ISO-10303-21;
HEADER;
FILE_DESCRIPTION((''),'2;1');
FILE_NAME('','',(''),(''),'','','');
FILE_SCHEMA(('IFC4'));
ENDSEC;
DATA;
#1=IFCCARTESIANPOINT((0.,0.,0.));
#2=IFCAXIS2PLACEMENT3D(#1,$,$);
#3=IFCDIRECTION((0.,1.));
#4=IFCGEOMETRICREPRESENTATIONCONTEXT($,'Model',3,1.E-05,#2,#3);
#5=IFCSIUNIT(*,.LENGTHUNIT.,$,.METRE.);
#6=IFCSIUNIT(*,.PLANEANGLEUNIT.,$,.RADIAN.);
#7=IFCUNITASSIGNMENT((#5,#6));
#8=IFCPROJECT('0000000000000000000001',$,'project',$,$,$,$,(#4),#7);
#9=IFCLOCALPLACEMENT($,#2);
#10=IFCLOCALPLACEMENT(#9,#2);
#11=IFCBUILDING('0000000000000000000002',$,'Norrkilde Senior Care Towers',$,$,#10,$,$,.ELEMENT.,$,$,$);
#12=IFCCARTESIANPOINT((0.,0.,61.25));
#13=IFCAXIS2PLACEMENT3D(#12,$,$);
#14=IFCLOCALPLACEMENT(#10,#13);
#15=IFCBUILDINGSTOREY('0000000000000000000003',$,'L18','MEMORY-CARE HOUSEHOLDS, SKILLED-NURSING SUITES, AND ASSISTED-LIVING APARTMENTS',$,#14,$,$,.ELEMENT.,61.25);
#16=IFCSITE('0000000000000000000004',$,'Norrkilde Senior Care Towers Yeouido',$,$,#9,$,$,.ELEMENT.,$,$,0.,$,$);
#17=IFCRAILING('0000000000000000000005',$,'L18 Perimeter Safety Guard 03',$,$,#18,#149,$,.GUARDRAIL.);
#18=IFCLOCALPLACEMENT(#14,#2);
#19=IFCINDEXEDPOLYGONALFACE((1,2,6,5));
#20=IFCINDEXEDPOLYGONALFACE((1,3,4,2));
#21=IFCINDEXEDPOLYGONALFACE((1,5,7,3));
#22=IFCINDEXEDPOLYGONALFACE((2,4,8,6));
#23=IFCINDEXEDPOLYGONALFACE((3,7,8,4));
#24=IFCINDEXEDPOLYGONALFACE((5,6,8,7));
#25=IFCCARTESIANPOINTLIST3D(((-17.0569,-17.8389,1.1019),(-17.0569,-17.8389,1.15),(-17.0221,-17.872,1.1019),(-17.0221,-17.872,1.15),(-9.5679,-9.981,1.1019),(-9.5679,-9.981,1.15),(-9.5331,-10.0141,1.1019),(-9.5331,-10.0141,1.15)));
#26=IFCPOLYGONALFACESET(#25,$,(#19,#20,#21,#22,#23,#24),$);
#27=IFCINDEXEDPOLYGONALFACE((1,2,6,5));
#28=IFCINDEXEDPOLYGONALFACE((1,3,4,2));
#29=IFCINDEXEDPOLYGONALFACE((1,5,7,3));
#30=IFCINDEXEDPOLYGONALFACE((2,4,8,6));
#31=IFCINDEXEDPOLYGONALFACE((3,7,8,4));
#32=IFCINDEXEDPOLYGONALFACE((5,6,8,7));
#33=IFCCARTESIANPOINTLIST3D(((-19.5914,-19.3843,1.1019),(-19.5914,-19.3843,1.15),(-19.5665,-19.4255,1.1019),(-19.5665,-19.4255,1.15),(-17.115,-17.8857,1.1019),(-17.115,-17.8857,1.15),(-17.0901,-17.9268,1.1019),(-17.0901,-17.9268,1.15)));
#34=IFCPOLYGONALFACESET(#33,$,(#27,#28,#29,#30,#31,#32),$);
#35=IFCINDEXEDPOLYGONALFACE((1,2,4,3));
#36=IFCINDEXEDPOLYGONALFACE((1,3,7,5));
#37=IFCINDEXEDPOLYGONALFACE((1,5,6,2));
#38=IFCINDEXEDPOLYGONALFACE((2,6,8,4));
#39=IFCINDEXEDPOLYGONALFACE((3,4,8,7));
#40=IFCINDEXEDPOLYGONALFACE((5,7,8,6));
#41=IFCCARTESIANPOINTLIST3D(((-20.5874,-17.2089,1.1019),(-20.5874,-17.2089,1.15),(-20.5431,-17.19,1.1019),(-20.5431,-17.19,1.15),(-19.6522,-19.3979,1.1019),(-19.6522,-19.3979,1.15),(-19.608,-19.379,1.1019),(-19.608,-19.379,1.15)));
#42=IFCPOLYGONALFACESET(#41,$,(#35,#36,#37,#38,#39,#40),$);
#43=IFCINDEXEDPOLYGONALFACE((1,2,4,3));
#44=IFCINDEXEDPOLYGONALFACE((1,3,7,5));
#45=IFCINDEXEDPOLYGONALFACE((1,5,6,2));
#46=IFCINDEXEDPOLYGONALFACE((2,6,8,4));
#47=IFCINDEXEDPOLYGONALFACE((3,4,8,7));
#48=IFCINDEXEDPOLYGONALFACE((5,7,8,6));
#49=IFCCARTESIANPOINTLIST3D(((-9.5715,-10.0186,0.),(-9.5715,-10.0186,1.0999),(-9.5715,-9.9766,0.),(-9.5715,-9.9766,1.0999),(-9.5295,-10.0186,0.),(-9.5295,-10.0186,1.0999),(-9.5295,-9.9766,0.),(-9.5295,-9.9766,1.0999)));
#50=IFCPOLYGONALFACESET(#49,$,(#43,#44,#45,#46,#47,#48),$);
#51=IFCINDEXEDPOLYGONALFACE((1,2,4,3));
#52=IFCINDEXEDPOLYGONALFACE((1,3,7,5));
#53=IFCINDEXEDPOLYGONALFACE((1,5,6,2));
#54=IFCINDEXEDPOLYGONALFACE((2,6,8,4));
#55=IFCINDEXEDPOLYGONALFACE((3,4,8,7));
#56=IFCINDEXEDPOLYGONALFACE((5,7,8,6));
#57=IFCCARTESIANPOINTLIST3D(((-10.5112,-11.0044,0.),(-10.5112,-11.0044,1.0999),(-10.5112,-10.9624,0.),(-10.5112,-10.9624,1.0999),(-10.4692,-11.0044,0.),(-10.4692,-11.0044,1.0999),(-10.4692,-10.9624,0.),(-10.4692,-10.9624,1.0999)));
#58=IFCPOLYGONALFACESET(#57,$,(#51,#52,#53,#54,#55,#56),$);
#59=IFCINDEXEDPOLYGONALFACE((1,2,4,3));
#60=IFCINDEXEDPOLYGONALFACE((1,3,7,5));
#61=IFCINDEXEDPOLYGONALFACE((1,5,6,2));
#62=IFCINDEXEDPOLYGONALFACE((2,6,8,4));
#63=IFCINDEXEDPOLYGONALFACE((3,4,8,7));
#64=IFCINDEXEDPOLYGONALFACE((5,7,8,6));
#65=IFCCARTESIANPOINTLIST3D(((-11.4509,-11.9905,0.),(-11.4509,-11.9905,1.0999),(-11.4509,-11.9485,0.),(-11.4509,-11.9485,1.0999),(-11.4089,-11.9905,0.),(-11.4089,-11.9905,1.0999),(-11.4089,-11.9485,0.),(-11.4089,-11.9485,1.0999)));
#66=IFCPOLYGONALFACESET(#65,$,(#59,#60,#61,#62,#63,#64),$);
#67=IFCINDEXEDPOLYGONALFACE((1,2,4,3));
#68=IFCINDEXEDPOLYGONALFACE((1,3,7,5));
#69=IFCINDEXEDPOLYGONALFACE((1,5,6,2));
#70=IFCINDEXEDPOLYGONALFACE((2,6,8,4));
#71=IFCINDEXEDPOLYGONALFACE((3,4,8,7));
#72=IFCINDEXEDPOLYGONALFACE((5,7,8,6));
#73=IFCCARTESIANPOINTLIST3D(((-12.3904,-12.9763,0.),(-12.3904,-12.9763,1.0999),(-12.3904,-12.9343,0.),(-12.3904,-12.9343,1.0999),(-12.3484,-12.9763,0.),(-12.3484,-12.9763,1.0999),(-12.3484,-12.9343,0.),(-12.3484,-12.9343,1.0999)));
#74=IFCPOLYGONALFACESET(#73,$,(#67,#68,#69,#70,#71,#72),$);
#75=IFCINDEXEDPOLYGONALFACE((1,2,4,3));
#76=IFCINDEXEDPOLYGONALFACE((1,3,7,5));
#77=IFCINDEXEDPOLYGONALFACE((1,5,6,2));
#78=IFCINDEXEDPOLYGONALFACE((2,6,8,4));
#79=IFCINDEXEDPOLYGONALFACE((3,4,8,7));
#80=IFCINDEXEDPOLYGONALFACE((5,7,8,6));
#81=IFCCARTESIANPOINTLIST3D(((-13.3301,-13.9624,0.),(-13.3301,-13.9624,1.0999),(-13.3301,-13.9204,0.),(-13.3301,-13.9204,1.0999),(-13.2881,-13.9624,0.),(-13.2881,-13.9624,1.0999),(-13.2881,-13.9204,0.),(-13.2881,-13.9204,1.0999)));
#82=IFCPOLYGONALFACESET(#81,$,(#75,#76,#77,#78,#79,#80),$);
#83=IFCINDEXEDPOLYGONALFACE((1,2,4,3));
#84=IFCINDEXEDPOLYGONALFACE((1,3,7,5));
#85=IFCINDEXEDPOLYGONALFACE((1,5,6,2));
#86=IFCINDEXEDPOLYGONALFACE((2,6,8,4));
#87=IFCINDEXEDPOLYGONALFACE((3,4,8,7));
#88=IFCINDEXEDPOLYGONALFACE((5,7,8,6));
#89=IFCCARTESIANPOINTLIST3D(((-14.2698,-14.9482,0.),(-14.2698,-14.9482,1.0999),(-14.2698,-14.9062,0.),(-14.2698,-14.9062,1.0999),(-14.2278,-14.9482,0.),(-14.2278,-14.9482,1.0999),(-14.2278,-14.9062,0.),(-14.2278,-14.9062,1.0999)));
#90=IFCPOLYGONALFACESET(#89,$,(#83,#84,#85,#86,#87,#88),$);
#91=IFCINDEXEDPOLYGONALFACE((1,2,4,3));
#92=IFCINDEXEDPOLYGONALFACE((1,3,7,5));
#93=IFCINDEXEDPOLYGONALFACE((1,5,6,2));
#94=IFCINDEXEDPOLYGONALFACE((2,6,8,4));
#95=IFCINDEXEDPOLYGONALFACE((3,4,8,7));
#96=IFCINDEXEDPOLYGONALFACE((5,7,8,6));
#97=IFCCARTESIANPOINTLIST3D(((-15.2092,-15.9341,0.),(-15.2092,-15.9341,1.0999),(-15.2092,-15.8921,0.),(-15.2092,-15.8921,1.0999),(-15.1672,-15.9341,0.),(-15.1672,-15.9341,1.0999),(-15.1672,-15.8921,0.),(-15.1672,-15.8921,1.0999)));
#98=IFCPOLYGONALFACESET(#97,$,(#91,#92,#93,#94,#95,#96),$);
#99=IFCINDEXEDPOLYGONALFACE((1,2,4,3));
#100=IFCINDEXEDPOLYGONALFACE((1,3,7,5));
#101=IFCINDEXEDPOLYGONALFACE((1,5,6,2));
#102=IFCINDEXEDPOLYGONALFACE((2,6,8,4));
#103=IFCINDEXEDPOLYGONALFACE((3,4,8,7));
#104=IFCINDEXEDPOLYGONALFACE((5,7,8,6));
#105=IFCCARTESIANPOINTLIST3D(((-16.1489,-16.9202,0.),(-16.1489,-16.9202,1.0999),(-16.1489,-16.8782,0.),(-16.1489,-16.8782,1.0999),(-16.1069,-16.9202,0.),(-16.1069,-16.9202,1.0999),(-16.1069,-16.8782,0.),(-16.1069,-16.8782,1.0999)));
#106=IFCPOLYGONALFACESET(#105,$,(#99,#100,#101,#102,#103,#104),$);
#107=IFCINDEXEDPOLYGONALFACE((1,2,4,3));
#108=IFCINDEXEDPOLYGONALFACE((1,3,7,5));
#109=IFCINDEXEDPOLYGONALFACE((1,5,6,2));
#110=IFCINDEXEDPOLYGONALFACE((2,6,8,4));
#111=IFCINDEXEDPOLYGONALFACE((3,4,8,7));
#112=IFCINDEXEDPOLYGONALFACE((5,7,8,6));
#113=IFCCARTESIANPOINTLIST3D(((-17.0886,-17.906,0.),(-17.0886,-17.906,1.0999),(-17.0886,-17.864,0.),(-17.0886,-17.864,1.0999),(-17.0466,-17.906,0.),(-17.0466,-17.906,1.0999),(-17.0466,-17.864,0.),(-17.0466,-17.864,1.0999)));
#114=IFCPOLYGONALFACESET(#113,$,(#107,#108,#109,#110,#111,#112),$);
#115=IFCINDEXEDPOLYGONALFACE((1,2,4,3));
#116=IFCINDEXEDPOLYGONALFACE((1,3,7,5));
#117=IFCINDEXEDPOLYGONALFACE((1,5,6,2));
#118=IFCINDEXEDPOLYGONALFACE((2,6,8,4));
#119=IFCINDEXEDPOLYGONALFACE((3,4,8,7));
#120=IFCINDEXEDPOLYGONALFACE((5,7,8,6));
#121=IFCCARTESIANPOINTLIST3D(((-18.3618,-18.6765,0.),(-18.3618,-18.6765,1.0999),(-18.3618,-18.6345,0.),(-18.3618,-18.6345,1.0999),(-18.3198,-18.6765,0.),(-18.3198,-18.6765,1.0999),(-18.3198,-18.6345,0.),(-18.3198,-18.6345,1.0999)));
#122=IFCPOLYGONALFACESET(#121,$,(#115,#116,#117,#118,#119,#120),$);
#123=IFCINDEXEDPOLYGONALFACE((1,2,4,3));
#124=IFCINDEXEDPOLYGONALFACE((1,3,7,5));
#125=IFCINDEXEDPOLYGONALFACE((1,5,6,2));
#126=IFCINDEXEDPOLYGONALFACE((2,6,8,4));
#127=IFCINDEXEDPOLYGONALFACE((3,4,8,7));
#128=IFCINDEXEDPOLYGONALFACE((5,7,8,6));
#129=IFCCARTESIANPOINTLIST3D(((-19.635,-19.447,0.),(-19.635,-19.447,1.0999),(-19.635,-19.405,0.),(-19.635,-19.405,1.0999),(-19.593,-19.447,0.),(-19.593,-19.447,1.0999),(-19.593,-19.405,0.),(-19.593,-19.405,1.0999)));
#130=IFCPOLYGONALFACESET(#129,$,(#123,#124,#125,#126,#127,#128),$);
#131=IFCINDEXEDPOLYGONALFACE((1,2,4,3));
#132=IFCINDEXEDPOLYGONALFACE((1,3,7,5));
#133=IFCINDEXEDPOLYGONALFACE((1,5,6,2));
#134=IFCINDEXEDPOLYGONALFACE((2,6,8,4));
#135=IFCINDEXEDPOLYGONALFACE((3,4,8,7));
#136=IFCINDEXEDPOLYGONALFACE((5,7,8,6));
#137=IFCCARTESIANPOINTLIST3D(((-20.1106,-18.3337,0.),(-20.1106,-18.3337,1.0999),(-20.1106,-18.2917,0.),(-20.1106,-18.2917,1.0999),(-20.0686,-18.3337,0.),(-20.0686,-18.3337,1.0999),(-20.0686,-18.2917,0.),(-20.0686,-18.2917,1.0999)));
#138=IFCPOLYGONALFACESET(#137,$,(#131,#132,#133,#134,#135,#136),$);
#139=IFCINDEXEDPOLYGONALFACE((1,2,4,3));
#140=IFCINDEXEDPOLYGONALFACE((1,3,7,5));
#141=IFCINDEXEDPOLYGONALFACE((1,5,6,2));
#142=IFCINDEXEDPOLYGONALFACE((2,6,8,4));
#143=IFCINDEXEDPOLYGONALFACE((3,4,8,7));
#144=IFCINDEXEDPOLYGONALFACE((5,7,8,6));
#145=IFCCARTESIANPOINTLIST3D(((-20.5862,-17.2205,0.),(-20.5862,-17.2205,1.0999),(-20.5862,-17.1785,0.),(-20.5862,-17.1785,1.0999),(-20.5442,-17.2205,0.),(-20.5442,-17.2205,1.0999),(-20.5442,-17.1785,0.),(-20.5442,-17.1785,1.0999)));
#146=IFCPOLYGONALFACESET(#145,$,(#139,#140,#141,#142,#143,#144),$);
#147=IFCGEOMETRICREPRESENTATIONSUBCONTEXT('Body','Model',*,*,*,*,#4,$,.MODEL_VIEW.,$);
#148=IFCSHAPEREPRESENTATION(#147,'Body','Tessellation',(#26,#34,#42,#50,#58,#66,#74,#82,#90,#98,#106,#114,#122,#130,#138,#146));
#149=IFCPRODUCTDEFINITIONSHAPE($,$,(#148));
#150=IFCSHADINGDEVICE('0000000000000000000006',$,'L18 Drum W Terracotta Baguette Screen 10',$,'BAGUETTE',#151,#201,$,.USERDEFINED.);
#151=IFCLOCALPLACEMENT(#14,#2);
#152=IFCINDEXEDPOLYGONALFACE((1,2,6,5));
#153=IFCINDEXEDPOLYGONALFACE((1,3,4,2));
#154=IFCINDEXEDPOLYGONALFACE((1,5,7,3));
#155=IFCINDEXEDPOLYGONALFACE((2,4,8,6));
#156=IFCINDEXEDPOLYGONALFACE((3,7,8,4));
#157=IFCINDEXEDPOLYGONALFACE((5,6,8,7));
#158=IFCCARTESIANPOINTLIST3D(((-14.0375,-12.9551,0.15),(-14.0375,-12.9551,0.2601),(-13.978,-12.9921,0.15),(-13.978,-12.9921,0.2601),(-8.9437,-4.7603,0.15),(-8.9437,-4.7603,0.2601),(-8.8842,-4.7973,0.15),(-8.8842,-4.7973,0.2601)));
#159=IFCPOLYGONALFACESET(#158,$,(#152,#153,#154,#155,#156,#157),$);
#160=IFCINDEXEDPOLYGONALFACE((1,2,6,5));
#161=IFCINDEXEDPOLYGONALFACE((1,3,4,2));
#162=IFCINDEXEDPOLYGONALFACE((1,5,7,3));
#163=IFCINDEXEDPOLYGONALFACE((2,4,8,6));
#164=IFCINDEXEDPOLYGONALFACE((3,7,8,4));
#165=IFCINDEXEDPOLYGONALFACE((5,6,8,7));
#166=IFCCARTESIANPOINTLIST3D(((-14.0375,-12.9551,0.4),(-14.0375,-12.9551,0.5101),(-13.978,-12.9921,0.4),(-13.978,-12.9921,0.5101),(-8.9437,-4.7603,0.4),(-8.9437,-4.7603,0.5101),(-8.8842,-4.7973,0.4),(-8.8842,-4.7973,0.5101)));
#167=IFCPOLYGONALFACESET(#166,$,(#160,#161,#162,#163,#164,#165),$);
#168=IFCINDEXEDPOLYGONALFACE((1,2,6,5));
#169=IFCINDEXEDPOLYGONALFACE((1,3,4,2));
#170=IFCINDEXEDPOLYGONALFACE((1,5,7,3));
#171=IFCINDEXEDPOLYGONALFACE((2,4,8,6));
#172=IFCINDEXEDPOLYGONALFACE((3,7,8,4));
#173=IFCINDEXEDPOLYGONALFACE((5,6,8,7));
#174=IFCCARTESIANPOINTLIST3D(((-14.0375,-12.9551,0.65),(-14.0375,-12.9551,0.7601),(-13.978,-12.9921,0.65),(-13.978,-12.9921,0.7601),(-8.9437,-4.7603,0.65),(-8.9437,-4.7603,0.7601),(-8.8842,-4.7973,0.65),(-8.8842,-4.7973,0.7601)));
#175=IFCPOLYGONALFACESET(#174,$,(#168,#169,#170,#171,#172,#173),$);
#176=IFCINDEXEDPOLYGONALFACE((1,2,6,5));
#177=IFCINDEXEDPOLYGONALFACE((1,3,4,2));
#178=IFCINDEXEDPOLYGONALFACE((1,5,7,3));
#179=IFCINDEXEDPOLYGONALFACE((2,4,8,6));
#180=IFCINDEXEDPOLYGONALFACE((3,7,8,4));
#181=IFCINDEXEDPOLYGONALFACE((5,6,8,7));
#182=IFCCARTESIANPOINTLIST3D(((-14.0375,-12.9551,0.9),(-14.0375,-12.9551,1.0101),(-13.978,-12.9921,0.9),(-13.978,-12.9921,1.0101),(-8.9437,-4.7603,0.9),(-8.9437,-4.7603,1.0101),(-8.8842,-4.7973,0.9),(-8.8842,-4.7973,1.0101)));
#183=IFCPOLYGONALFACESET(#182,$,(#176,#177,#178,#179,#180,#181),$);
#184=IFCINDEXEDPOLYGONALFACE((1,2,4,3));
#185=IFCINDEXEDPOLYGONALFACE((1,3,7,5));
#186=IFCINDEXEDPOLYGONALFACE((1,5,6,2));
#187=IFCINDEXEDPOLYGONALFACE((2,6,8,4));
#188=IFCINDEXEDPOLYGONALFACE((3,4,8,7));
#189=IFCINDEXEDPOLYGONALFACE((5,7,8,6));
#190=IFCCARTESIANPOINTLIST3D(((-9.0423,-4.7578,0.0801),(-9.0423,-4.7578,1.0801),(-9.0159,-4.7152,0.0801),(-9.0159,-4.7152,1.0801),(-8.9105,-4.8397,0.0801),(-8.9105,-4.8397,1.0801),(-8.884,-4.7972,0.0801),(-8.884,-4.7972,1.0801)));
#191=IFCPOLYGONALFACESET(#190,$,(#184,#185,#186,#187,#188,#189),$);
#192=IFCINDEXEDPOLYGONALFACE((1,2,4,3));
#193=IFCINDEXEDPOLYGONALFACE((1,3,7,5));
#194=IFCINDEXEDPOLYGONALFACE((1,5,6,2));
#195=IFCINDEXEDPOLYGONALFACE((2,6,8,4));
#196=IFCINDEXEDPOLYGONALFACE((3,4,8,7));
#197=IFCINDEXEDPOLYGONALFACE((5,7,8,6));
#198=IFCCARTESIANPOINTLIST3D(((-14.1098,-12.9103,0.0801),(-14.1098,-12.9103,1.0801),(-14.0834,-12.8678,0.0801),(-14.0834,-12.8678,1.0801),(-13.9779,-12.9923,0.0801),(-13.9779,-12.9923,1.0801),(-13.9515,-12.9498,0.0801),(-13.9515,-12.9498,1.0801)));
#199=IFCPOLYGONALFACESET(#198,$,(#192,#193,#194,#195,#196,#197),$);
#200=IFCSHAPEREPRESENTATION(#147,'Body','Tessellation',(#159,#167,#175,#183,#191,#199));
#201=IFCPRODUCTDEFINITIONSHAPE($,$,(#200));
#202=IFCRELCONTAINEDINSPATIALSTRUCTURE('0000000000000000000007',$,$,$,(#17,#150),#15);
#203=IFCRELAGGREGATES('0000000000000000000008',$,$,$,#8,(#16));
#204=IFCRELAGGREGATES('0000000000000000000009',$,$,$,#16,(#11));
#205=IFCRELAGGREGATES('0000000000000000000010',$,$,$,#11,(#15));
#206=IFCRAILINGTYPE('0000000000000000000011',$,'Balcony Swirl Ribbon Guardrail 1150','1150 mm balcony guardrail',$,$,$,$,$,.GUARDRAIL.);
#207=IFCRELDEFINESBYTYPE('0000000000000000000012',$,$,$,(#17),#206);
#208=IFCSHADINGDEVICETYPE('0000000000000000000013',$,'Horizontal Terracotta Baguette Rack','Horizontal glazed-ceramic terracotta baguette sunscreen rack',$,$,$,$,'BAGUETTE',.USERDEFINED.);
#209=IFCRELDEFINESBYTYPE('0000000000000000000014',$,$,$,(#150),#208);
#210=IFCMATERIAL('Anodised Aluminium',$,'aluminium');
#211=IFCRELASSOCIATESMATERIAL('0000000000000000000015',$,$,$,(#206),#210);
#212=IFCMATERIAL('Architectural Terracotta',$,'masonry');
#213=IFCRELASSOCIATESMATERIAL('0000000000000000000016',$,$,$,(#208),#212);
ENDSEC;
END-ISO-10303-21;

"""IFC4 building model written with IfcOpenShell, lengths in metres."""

from ifc_helpers import new_model, si_unit, direction, frame, origin, origin_2d, place, context, subcontext, project, spatial, rectangle, extrude, source, transform, mapped, material, type_object, type_shapes, element, save


model = new_model("IFC4")

# Units and contexts
model_context = context("Model", 3, precision=1e-05, world=origin(), true_north=direction((0.0, 1.0)))
body_context = subcontext(model_context, "Body", "Model", "MODEL_VIEW")
ifc_project = project(units=[si_unit("LENGTHUNIT", "METRE"), si_unit("PLANEANGLEUNIT", "RADIAN")], contexts=[model_context])

# Site, building, storey
site_placement = place(None, origin())
site = spatial("IfcSite", under=ifc_project, at=site_placement, Name="Norrkilde Senior Care Towers Yeouido", CompositionType="ELEMENT", RefElevation=0.0)
building_placement = place(site_placement, origin())
building = spatial("IfcBuilding", under=site, at=building_placement, Name="Norrkilde Senior Care Towers", CompositionType="ELEMENT")
storey_placement = place(building_placement, frame((0.0, 0.0, 61.25)))
storey = spatial("IfcBuildingStorey", under=building, at=storey_placement, Name="L18", Description="MEMORY-CARE HOUSEHOLDS, SKILLED-NURSING SUITES, AND ASSISTED-LIVING APARTMENTS", CompositionType="ELEMENT", Elevation=61.25)

# Shared definitions
ifc_material_1 = material(Name="Anodised Aluminium", Category="aluminium")

# Railing
railing_type = type_object("IfcRailingType", Name="Balcony Swirl Ribbon Guardrail 1150", Description="1150 mm balcony guardrail", PredefinedType="GUARDRAIL", material=ifc_material_1)
railing_placement = place(storey_placement, frame((-9.5505, -9.9976, 0.0)))
element("IfcRailing", 1, at=railing_placement, inside=storey, type_object=railing_type, Name="L18 Perimeter Safety Guard 03", PredefinedType="GUARDRAIL", context=body_context, shape_type="SweptSolid", body=[
    extrude(rectangle(XDim=0.0481, YDim=0.0481, at=origin_2d()), frame((0.0, 0.0, 1.126), z_axis=(-0.689907, -0.723898, 0.0), x_axis=(0.723898, -0.689907, 0.0)), (0.0, 0.0, 1.0), 10.855),
    extrude(rectangle(XDim=0.0481, YDim=0.0481, at=origin_2d()), frame((-7.552, -7.9087, 1.126), z_axis=(-0.855533, -0.517749, 0.0), x_axis=(0.517749, -0.855533, 0.0)), (0.0, 0.0, 1.0), 2.8945),
    extrude(rectangle(XDim=0.0481, YDim=0.0481, at=origin_2d()), frame((-10.0796, -9.3909, 1.126), z_axis=(-0.392848, 0.919603, 0.0), x_axis=(-0.919603, -0.392848, 0.0)), (0.0, 0.0, 1.0), 2.3804),
    extrude(rectangle(XDim=0.042, YDim=0.042, at=origin_2d()), origin(), (0.0, 0.0, 1.0), 1.0999),
    extrude(rectangle(XDim=0.042, YDim=0.042, at=origin_2d()), frame((-0.9397, -0.9858, 0.0)), (0.0, 0.0, 1.0), 1.0999),
    extrude(rectangle(XDim=0.042, YDim=0.042, at=origin_2d()), frame((-1.8794, -1.9719, 0.0)), (0.0, 0.0, 1.0), 1.0999),
    extrude(rectangle(XDim=0.042, YDim=0.042, at=origin_2d()), frame((-2.8188, -2.9578, 0.0)), (0.0, 0.0, 1.0), 1.0999),
    extrude(rectangle(XDim=0.042, YDim=0.042, at=origin_2d()), frame((-3.7585, -3.9438, 0.0)), (0.0, 0.0, 1.0), 1.0999),
    extrude(rectangle(XDim=0.042, YDim=0.042, at=origin_2d()), frame((-4.6982, -4.9297, 0.0)), (0.0, 0.0, 1.0), 1.0999),
    extrude(rectangle(XDim=0.042, YDim=0.042, at=origin_2d()), frame((-5.6377, -5.9155, 0.0)), (0.0, 0.0, 1.0), 1.0999),
    extrude(rectangle(XDim=0.042, YDim=0.042, at=origin_2d()), frame((-6.5774, -6.9016, 0.0)), (0.0, 0.0, 1.0), 1.0999),
    extrude(rectangle(XDim=0.042, YDim=0.042, at=origin_2d()), frame((-7.5171, -7.8875, 0.0)), (0.0, 0.0, 1.0), 1.0999),
    extrude(rectangle(XDim=0.042, YDim=0.042, at=origin_2d()), frame((-8.7903, -8.658, 0.0)), (0.0, 0.0, 1.0), 1.0999),
    extrude(rectangle(XDim=0.042, YDim=0.042, at=origin_2d()), frame((-10.0635, -9.4285, 0.0)), (0.0, 0.0, 1.0), 1.0999),
    extrude(rectangle(XDim=0.042, YDim=0.042, at=origin_2d()), frame((-10.5391, -8.3152, 0.0)), (0.0, 0.0, 1.0), 1.0999),
    extrude(rectangle(XDim=0.042, YDim=0.042, at=origin_2d()), frame((-11.0146, -7.2019, 0.0)), (0.0, 0.0, 1.0), 1.0999),
])

# Shading device
ifc_material_2 = material(Name="Architectural Terracotta", Category="masonry")
shading_device_type = type_object("IfcShadingDeviceType", Name="Horizontal Terracotta Baguette Rack", Description="Horizontal glazed-ceramic terracotta baguette sunscreen rack", ElementType="BAGUETTE", PredefinedType="USERDEFINED", material=ifc_material_2)
shared_shape_1 = source(origin(), body_context, "Body", "SweptSolid", [
    extrude(rectangle(XDim=0.0701, YDim=0.1101, at=origin_2d()), frame((0.0, 0.0901, 0.125), z_axis=(1.0, 0.0, 0.0), x_axis=(0.0, 1.0, 0.0)), (0.0, 0.0, 1.0), 9.6489),
    extrude(rectangle(XDim=0.0701, YDim=0.1101, at=origin_2d()), frame((0.0, 0.0901, 0.375), z_axis=(1.0, 0.0, 0.0), x_axis=(0.0, 1.0, 0.0)), (0.0, 0.0, 1.0), 9.6489),
    extrude(rectangle(XDim=0.0701, YDim=0.1101, at=origin_2d()), frame((0.0, 0.0901, 0.625), z_axis=(1.0, 0.0, 0.0), x_axis=(0.0, 1.0, 0.0)), (0.0, 0.0, 1.0), 9.6489),
    extrude(rectangle(XDim=0.0701, YDim=0.1101, at=origin_2d()), frame((0.0, 0.0901, 0.875), z_axis=(1.0, 0.0, 0.0), x_axis=(0.0, 1.0, 0.0)), (0.0, 0.0, 1.0), 9.6489),
    extrude(rectangle(XDim=0.05, YDim=0.1553, at=origin_2d()), frame((0.0249, 0.0476, 0.0)), (0.0, 0.0, 1.0), 1.0),
    extrude(rectangle(XDim=0.05, YDim=0.1553, at=origin_2d()), frame((9.624, 0.0476, 0.0)), (0.0, 0.0, 1.0), 1.0),
])
type_shapes(shading_device_type, [shared_shape_1])
shading_device_placement = place(storey_placement, frame((-8.9905, -4.7312, 0.0801), z_axis=(0.0, 0.0, 1.0), x_axis=(-0.527909, -0.849299, 0.0)))
element("IfcShadingDevice", 2, at=shading_device_placement, inside=storey, type_object=shading_device_type, Name="L18 Drum W Terracotta Baguette Screen 10", ObjectType="BAGUETTE", PredefinedType="USERDEFINED", context=body_context, shape_type="MappedRepresentation", body=[
    mapped(shared_shape_1, transform((0.0, 0.0, 0.0), x_axis=(1.0, 0.0, 0.0), y_axis=(0.0, 1.0, 0.0), z_axis=(0.0, 0.0, 1.0), scale=1.0)),
])

save(model, "model.ifc")
